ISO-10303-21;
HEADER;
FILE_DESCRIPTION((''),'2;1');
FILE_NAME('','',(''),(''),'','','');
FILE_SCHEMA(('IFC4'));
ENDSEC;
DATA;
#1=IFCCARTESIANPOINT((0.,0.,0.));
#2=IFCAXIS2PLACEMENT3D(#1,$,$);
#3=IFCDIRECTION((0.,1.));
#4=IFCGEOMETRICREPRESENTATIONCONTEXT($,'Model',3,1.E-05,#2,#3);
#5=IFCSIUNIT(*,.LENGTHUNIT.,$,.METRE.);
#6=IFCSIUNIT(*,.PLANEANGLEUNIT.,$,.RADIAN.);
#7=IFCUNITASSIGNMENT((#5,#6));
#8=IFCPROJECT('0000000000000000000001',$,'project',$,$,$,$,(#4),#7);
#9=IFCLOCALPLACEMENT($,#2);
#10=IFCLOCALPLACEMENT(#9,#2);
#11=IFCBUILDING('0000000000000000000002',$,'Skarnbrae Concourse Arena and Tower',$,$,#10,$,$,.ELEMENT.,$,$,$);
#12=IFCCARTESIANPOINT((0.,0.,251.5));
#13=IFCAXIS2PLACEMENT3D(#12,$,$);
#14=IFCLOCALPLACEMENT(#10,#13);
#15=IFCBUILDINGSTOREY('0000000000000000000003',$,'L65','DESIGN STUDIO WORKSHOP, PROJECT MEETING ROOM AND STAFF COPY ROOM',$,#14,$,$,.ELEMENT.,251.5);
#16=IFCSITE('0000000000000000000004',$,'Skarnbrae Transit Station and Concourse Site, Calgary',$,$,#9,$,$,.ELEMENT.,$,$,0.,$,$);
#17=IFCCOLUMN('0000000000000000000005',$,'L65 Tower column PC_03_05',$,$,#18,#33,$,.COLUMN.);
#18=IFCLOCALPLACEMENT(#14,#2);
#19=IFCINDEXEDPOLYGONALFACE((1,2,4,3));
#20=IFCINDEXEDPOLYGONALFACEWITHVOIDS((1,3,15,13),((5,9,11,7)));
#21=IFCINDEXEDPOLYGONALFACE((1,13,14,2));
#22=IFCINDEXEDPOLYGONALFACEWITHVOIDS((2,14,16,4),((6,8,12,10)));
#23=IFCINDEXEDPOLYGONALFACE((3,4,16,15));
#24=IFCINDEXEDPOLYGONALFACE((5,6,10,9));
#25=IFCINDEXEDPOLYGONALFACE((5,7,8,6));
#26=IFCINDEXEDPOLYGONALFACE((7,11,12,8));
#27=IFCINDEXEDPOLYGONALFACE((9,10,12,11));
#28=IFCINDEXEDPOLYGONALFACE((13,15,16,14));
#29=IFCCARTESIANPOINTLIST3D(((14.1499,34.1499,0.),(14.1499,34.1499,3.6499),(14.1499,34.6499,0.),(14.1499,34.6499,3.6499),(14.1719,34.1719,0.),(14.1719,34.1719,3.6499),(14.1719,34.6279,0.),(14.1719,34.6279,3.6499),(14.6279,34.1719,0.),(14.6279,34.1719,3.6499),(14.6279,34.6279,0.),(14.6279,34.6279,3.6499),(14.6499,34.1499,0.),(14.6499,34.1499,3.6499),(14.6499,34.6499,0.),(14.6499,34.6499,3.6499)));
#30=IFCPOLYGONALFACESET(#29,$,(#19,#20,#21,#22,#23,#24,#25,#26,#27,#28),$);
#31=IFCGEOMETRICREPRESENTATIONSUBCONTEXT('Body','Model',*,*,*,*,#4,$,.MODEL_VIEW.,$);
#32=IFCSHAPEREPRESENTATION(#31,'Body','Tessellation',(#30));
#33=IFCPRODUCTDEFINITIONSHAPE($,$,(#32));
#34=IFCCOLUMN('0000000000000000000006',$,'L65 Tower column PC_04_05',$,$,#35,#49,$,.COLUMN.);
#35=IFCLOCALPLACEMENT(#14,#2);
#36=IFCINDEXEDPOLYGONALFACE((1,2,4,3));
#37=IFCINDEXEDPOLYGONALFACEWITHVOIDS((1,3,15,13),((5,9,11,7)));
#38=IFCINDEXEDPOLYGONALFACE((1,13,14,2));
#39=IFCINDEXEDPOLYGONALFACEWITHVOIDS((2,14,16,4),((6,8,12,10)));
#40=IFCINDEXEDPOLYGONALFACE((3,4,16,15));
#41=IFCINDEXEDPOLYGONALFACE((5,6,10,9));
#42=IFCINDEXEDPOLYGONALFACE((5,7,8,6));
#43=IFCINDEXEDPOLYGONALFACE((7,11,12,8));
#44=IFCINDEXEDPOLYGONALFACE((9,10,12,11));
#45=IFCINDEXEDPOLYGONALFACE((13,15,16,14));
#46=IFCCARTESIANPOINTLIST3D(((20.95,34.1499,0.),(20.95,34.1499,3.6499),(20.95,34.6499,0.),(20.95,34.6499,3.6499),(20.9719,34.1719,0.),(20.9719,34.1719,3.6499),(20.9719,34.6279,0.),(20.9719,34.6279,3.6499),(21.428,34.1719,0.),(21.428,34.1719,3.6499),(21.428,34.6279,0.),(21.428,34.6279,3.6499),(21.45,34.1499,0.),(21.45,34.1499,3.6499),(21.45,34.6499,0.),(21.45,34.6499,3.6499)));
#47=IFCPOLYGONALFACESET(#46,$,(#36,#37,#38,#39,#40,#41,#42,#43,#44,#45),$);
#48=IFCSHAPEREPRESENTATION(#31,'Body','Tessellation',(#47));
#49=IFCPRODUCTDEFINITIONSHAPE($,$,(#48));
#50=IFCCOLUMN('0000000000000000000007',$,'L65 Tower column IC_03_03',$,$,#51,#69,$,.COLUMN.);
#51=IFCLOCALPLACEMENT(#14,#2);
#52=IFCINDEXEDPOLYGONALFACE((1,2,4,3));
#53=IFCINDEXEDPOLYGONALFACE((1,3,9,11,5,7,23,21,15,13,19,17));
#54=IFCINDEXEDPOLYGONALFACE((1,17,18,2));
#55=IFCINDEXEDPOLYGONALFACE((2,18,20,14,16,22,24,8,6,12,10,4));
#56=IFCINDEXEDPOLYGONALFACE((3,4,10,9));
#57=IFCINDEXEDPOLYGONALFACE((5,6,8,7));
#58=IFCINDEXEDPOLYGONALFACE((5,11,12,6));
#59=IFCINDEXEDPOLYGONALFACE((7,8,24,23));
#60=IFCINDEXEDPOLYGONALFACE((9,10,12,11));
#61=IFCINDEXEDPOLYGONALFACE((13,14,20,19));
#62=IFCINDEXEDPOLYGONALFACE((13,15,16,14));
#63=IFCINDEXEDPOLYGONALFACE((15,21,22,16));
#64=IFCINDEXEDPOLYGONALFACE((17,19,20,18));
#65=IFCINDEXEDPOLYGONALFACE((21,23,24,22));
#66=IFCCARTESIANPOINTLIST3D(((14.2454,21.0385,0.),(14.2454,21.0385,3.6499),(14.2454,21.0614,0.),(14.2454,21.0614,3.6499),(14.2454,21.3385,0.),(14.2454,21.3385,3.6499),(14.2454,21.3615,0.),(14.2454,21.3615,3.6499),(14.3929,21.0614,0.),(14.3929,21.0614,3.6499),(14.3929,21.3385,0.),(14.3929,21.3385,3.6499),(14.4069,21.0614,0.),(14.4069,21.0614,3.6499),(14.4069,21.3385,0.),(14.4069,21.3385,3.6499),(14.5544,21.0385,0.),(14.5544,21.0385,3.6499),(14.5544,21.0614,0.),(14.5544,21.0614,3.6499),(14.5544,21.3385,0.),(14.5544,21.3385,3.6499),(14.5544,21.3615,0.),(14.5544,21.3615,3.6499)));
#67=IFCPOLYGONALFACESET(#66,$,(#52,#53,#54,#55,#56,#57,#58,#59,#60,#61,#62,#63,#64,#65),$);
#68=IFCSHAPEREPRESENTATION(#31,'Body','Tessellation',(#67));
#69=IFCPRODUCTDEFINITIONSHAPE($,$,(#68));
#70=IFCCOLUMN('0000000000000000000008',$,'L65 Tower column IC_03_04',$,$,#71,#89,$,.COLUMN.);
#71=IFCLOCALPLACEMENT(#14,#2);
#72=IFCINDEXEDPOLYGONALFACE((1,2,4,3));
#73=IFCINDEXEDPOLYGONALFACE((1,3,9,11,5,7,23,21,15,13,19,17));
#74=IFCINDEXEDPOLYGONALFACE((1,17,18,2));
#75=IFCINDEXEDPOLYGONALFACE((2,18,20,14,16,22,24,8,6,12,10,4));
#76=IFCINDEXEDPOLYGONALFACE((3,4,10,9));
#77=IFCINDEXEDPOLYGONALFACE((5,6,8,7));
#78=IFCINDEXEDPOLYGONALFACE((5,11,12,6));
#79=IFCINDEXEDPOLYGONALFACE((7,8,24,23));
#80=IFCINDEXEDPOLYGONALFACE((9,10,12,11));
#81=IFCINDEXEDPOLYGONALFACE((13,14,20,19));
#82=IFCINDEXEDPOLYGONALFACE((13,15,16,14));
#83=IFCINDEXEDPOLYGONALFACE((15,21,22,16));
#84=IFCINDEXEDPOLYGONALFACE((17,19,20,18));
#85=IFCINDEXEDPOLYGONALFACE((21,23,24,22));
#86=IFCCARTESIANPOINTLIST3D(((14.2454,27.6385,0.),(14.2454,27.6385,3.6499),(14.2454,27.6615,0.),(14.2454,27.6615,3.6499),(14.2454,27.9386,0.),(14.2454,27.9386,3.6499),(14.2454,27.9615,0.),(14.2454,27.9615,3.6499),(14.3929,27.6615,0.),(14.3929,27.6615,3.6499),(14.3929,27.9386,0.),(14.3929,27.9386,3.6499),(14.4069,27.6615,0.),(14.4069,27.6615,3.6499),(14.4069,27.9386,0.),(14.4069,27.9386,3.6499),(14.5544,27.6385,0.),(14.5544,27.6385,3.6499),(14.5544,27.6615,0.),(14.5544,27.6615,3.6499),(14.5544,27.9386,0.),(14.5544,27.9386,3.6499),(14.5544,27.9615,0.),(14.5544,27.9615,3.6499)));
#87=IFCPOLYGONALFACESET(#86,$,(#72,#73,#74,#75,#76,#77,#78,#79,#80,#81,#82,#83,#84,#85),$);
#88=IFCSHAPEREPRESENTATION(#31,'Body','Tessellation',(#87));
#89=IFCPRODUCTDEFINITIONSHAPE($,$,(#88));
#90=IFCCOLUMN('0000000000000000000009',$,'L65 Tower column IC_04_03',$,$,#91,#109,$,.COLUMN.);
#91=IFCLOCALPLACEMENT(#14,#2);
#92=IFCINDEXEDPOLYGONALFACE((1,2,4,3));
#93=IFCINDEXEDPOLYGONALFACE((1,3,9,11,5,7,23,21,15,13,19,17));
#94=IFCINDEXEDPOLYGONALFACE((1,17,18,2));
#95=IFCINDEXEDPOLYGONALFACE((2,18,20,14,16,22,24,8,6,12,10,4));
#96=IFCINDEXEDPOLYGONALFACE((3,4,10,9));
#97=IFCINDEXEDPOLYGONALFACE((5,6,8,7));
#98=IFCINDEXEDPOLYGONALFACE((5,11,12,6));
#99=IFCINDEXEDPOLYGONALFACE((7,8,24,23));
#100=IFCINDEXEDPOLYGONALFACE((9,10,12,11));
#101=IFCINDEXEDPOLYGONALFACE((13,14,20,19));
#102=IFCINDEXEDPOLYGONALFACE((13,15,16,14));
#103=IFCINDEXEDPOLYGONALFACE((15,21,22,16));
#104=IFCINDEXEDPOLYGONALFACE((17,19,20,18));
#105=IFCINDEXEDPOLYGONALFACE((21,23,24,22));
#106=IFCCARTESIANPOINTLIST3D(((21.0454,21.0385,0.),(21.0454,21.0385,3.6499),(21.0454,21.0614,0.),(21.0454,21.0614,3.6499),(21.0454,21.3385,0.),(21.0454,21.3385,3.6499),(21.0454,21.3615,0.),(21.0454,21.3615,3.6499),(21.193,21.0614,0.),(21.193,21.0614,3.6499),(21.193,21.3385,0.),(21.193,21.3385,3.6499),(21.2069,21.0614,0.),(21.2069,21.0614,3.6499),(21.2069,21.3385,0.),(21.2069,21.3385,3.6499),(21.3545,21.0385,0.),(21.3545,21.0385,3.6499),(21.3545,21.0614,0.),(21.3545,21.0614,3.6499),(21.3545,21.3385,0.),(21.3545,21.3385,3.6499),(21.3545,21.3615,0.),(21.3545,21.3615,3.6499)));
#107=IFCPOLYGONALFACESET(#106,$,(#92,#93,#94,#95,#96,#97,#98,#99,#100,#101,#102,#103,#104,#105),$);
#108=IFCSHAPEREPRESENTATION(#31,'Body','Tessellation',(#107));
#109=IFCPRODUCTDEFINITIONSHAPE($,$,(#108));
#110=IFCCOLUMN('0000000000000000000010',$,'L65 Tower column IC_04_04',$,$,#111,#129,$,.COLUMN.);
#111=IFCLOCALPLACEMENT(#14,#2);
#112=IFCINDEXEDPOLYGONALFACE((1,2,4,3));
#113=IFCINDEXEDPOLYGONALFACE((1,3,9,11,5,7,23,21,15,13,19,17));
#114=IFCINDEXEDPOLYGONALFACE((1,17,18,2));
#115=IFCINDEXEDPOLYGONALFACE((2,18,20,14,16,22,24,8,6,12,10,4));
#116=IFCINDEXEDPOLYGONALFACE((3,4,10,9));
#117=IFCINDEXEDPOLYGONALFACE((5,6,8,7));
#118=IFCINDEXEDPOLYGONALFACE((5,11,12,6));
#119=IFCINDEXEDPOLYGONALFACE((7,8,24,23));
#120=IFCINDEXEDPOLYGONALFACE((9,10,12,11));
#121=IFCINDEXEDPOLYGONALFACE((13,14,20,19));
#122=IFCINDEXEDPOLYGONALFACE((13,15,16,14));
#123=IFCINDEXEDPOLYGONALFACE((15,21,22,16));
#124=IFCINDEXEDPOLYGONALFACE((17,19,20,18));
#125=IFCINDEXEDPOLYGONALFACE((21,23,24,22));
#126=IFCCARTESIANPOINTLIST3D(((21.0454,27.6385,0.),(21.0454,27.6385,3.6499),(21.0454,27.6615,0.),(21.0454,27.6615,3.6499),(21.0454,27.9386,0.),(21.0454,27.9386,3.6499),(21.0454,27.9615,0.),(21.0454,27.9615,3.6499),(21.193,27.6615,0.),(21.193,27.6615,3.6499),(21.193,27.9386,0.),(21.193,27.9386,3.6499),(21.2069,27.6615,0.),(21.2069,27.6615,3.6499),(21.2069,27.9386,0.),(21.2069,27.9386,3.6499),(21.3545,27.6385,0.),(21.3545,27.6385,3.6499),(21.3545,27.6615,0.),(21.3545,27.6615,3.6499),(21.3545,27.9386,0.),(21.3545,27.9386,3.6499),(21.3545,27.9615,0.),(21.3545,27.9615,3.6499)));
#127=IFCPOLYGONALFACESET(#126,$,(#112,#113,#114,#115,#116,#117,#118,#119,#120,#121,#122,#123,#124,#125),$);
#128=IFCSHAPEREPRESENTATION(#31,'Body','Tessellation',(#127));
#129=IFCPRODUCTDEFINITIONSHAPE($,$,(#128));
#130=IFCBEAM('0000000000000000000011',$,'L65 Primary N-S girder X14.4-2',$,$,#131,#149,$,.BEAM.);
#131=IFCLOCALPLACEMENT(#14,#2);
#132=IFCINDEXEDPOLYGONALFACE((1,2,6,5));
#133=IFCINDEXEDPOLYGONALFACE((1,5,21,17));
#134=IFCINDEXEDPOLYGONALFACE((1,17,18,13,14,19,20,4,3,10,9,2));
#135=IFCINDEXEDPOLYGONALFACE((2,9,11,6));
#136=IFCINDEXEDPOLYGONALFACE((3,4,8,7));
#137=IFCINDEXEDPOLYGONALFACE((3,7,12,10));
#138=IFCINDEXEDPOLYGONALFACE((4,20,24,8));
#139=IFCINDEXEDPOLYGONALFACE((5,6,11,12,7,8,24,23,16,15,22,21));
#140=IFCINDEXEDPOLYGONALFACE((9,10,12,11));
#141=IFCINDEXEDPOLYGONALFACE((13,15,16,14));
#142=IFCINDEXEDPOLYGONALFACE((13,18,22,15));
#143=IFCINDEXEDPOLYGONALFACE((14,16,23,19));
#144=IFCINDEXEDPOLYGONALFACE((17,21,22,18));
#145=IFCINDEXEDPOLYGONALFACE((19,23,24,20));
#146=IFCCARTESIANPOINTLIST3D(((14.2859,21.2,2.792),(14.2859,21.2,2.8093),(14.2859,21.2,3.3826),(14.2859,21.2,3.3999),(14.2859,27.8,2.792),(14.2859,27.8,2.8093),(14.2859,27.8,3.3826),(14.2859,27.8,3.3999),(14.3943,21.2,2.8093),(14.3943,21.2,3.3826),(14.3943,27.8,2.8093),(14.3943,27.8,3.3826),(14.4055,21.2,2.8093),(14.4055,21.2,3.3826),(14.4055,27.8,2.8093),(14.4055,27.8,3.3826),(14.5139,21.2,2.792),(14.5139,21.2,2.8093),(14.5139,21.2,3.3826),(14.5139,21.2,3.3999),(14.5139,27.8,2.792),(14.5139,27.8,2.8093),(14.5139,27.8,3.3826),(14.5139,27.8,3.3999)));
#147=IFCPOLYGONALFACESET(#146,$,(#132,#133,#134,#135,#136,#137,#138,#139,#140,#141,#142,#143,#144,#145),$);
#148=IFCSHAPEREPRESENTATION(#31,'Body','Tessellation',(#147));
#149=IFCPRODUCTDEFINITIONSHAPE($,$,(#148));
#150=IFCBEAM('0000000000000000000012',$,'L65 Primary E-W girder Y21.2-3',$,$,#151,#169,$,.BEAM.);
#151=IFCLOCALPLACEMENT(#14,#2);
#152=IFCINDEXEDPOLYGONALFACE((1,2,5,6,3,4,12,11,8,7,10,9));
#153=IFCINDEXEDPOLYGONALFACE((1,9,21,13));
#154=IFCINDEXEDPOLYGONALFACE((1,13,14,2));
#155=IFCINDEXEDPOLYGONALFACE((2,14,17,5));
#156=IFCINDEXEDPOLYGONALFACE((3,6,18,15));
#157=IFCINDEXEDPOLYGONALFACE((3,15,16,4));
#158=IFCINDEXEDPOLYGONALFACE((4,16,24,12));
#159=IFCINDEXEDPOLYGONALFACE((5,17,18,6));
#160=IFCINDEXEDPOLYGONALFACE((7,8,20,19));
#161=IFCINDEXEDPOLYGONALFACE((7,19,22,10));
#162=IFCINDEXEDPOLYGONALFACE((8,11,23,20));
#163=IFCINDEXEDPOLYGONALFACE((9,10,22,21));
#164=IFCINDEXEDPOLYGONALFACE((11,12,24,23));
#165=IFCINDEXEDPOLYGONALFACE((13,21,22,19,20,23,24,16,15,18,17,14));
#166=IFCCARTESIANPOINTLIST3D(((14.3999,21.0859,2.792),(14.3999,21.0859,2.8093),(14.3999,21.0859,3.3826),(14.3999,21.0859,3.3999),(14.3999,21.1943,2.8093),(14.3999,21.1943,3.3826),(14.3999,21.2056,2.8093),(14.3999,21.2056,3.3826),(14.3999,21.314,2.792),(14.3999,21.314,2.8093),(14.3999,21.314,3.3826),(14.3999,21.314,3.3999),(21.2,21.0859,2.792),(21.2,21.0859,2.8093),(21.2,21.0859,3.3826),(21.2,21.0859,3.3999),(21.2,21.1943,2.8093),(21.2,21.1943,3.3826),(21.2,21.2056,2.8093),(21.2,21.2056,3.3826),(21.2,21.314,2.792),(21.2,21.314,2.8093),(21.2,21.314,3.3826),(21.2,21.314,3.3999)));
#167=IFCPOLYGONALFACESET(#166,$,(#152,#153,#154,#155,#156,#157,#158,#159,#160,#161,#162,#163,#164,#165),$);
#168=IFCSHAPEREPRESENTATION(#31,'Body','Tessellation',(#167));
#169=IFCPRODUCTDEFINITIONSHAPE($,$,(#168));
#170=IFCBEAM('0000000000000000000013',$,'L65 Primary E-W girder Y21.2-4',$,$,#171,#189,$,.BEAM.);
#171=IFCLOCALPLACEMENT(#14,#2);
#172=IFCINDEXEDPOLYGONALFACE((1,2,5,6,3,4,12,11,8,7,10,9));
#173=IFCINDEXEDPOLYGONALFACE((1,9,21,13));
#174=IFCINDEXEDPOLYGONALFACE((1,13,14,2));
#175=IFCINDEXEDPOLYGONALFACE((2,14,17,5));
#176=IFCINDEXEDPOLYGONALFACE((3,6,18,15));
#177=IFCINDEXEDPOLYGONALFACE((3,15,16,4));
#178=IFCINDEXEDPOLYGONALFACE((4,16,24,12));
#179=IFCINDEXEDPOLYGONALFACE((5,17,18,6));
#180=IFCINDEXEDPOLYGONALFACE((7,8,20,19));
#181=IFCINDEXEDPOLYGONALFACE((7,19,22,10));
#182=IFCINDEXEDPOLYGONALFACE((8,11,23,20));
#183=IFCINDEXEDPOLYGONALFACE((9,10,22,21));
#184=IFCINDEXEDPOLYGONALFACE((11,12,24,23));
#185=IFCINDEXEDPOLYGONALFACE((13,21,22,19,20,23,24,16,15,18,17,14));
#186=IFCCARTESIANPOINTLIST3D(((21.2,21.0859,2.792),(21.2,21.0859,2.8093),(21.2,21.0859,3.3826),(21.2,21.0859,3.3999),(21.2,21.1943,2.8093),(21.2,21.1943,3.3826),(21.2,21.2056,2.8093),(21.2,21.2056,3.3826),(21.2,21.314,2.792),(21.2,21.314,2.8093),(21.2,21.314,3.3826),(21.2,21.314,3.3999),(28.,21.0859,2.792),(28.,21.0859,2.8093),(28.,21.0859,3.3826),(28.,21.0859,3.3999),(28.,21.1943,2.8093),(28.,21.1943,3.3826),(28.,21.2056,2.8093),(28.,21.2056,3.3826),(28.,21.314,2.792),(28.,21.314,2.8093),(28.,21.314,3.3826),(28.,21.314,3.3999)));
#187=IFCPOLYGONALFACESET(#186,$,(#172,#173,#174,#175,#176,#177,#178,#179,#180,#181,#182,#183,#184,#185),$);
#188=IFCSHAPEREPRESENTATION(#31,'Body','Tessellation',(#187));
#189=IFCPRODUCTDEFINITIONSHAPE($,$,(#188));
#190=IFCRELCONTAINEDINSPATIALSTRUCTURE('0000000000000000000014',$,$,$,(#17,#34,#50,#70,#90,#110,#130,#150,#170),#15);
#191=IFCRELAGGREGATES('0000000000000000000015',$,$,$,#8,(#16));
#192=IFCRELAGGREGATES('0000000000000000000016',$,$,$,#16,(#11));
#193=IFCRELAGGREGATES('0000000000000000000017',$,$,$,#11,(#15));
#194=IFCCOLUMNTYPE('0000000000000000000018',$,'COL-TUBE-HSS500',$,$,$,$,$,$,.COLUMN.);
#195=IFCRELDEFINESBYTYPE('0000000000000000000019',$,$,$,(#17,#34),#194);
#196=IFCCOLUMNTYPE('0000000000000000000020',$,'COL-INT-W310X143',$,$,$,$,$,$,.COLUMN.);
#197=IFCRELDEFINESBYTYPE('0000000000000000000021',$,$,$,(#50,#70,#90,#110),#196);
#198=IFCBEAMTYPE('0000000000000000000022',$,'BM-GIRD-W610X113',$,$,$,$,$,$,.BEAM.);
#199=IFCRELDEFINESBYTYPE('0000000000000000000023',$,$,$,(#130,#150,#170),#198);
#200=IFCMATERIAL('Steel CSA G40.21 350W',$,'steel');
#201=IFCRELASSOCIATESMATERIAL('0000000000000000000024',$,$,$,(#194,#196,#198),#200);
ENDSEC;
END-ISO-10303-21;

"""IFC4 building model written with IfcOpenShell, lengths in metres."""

from ifc_helpers import new_model, si_unit, direction, frame, origin, origin_2d, place, context, subcontext, project, spatial, hollow_rectangle, i_section, extrude, source, transform, mapped, material, material_profile, profile_set, type_object, element, save


model = new_model("IFC4")

# Units and contexts
model_context = context("Model", 3, precision=1e-05, world=origin(), true_north=direction((0.0, 1.0)))
body_context = subcontext(model_context, "Body", "Model", "MODEL_VIEW")
ifc_project = project(units=[si_unit("LENGTHUNIT", "METRE"), si_unit("PLANEANGLEUNIT", "RADIAN")], contexts=[model_context])

# Site, building, storey
site_placement = place(None, origin())
site = spatial("IfcSite", under=ifc_project, at=site_placement, Name="Skarnbrae Transit Station and Concourse Site, Calgary", CompositionType="ELEMENT", RefElevation=0.0)
building_placement = place(site_placement, origin())
building = spatial("IfcBuilding", under=site, at=building_placement, Name="Skarnbrae Concourse Arena and Tower", CompositionType="ELEMENT")
storey_placement = place(building_placement, frame((0.0, 0.0, 251.5)))
storey = spatial("IfcBuildingStorey", under=building, at=storey_placement, Name="L65", Description="DESIGN STUDIO WORKSHOP, PROJECT MEETING ROOM AND STAFF COPY ROOM", CompositionType="ELEMENT", Elevation=251.5)

# Columns
ifc_material_1 = material(Name="Steel CSA G40.21 350W", Category="steel")
ifc_material_profile_1 = material_profile(ifc_material_1, hollow_rectangle(XDim=0.5, YDim=0.5, WallThickness=0.022, at=origin_2d()), Name="HSS500X500X22.0")
ifc_profile_set_1 = profile_set([ifc_material_profile_1], Name="Steel CSA G40.21 350W")
column_type_1 = type_object("IfcColumnType", Name="COL-TUBE-HSS500", PredefinedType="COLUMN", material=ifc_profile_set_1)
shared_shape_1 = source(origin(), body_context, "Body", "SweptSolid", [
    extrude(hollow_rectangle(XDim=0.5, YDim=0.5, WallThickness=0.022, at=origin_2d()), origin(), (0.0, 0.0, 1.0), 3.6499),
])
for number, where, z_axis, x_axis, name in (
    (1, (14.3999, 34.3999, 0.0), (0.0, 0.0, 1.0), (1.0, 0.0, 0.0), "L65 Tower column PC_03_05"),
    (2, (21.2, 34.3999, 0.0), (0.0, 0.0, 1.0), (1.0, 0.0, 0.0), "L65 Tower column PC_04_05"),
):
    element("IfcColumn", number, at=place(storey_placement, frame(where, z_axis=z_axis, x_axis=x_axis)), inside=storey, type_object=column_type_1, Name=name, PredefinedType="COLUMN", context=body_context, shape_type="MappedRepresentation", body=[
        mapped(shared_shape_1, transform((0.0, 0.0, 0.0))),
    ])
ifc_material_profile_2 = material_profile(ifc_material_1, i_section(OverallWidth=0.3091, OverallDepth=0.323, WebThickness=0.0139, FlangeThickness=0.0229, at=origin_2d()), Name="W310X143")
ifc_profile_set_2 = profile_set([ifc_material_profile_2], Name="Steel CSA G40.21 350W")
column_type_2 = type_object("IfcColumnType", Name="COL-INT-W310X143", PredefinedType="COLUMN", material=ifc_profile_set_2)
shared_shape_2 = source(origin(), body_context, "Body", "SweptSolid", [
    extrude(i_section(OverallWidth=0.3091, OverallDepth=0.323, WebThickness=0.0139, FlangeThickness=0.0229, at=origin_2d()), origin(), (0.0, 0.0, 1.0), 3.6499),
])
for number, where, z_axis, x_axis, name in (
    (3, (14.3999, 21.2, 0.0), (0.0, 0.0, 1.0), (1.0, 0.0, 0.0), "L65 Tower column IC_03_03"),
    (4, (14.3999, 27.8, 0.0), (0.0, 0.0, 1.0), (1.0, 0.0, 0.0), "L65 Tower column IC_03_04"),
    (5, (21.2, 21.2, 0.0), (0.0, 0.0, 1.0), (1.0, 0.0, 0.0), "L65 Tower column IC_04_03"),
    (6, (21.2, 27.8, 0.0), (0.0, 0.0, 1.0), (1.0, 0.0, 0.0), "L65 Tower column IC_04_04"),
):
    element("IfcColumn", number, at=place(storey_placement, frame(where, z_axis=z_axis, x_axis=x_axis)), inside=storey, type_object=column_type_2, Name=name, PredefinedType="COLUMN", context=body_context, shape_type="MappedRepresentation", body=[
        mapped(shared_shape_2, transform((0.0, 0.0, 0.0))),
    ])

# Beams
ifc_material_profile_3 = material_profile(ifc_material_1, i_section(OverallWidth=0.228, OverallDepth=0.6079, WebThickness=0.0112, FlangeThickness=0.0173, at=origin_2d()), Name="W610X113")
ifc_profile_set_3 = profile_set([ifc_material_profile_3], Name="Steel CSA G40.21 350W")
beam_type_1 = type_object("IfcBeamType", Name="BM-GIRD-W610X113", PredefinedType="BEAM", material=ifc_profile_set_3)
shared_shape_3 = source(origin(), body_context, "Body", "SweptSolid", [
    extrude(i_section(OverallWidth=0.228, OverallDepth=0.6079, WebThickness=0.0112, FlangeThickness=0.0173, at=origin_2d()), origin(), (0.0, 0.0, 1.0), 6.6001),
])
beam_1_placement = place(storey_placement, frame((14.3999, 21.2, 3.0959), z_axis=(0.0, 1.0, 0.0), x_axis=(-1.0, 0.0, 0.0)))
element("IfcBeam", 7, at=beam_1_placement, inside=storey, type_object=beam_type_1, Name="L65 Primary N-S girder X14.4-2", PredefinedType="BEAM", context=body_context, shape_type="MappedRepresentation", body=[
    mapped(shared_shape_3, transform((0.0, 0.0, 0.0))),
])
shared_shape_4 = source(origin(), body_context, "Body", "SweptSolid", [
    extrude(i_section(OverallWidth=0.228, OverallDepth=0.6079, WebThickness=0.0112, FlangeThickness=0.0173, at=origin_2d()), origin(), (0.0, 0.0, 1.0), 6.8),
])
for number, where, z_axis, x_axis, name in (
    (8, (14.3999, 21.2, 3.0959), (1.0, 0.0, 0.0), (0.0, 1.0, 0.0), "L65 Primary E-W girder Y21.2-3"),
    (9, (21.2, 21.2, 3.0959), (1.0, 0.0, 0.0), (0.0, 1.0, 0.0), "L65 Primary E-W girder Y21.2-4"),
):
    element("IfcBeam", number, at=place(storey_placement, frame(where, z_axis=z_axis, x_axis=x_axis)), inside=storey, type_object=beam_type_1, Name=name, PredefinedType="BEAM", context=body_context, shape_type="MappedRepresentation", body=[
        mapped(shared_shape_4, transform((0.0, 0.0, 0.0))),
    ])

save(model, "model.ifc")
